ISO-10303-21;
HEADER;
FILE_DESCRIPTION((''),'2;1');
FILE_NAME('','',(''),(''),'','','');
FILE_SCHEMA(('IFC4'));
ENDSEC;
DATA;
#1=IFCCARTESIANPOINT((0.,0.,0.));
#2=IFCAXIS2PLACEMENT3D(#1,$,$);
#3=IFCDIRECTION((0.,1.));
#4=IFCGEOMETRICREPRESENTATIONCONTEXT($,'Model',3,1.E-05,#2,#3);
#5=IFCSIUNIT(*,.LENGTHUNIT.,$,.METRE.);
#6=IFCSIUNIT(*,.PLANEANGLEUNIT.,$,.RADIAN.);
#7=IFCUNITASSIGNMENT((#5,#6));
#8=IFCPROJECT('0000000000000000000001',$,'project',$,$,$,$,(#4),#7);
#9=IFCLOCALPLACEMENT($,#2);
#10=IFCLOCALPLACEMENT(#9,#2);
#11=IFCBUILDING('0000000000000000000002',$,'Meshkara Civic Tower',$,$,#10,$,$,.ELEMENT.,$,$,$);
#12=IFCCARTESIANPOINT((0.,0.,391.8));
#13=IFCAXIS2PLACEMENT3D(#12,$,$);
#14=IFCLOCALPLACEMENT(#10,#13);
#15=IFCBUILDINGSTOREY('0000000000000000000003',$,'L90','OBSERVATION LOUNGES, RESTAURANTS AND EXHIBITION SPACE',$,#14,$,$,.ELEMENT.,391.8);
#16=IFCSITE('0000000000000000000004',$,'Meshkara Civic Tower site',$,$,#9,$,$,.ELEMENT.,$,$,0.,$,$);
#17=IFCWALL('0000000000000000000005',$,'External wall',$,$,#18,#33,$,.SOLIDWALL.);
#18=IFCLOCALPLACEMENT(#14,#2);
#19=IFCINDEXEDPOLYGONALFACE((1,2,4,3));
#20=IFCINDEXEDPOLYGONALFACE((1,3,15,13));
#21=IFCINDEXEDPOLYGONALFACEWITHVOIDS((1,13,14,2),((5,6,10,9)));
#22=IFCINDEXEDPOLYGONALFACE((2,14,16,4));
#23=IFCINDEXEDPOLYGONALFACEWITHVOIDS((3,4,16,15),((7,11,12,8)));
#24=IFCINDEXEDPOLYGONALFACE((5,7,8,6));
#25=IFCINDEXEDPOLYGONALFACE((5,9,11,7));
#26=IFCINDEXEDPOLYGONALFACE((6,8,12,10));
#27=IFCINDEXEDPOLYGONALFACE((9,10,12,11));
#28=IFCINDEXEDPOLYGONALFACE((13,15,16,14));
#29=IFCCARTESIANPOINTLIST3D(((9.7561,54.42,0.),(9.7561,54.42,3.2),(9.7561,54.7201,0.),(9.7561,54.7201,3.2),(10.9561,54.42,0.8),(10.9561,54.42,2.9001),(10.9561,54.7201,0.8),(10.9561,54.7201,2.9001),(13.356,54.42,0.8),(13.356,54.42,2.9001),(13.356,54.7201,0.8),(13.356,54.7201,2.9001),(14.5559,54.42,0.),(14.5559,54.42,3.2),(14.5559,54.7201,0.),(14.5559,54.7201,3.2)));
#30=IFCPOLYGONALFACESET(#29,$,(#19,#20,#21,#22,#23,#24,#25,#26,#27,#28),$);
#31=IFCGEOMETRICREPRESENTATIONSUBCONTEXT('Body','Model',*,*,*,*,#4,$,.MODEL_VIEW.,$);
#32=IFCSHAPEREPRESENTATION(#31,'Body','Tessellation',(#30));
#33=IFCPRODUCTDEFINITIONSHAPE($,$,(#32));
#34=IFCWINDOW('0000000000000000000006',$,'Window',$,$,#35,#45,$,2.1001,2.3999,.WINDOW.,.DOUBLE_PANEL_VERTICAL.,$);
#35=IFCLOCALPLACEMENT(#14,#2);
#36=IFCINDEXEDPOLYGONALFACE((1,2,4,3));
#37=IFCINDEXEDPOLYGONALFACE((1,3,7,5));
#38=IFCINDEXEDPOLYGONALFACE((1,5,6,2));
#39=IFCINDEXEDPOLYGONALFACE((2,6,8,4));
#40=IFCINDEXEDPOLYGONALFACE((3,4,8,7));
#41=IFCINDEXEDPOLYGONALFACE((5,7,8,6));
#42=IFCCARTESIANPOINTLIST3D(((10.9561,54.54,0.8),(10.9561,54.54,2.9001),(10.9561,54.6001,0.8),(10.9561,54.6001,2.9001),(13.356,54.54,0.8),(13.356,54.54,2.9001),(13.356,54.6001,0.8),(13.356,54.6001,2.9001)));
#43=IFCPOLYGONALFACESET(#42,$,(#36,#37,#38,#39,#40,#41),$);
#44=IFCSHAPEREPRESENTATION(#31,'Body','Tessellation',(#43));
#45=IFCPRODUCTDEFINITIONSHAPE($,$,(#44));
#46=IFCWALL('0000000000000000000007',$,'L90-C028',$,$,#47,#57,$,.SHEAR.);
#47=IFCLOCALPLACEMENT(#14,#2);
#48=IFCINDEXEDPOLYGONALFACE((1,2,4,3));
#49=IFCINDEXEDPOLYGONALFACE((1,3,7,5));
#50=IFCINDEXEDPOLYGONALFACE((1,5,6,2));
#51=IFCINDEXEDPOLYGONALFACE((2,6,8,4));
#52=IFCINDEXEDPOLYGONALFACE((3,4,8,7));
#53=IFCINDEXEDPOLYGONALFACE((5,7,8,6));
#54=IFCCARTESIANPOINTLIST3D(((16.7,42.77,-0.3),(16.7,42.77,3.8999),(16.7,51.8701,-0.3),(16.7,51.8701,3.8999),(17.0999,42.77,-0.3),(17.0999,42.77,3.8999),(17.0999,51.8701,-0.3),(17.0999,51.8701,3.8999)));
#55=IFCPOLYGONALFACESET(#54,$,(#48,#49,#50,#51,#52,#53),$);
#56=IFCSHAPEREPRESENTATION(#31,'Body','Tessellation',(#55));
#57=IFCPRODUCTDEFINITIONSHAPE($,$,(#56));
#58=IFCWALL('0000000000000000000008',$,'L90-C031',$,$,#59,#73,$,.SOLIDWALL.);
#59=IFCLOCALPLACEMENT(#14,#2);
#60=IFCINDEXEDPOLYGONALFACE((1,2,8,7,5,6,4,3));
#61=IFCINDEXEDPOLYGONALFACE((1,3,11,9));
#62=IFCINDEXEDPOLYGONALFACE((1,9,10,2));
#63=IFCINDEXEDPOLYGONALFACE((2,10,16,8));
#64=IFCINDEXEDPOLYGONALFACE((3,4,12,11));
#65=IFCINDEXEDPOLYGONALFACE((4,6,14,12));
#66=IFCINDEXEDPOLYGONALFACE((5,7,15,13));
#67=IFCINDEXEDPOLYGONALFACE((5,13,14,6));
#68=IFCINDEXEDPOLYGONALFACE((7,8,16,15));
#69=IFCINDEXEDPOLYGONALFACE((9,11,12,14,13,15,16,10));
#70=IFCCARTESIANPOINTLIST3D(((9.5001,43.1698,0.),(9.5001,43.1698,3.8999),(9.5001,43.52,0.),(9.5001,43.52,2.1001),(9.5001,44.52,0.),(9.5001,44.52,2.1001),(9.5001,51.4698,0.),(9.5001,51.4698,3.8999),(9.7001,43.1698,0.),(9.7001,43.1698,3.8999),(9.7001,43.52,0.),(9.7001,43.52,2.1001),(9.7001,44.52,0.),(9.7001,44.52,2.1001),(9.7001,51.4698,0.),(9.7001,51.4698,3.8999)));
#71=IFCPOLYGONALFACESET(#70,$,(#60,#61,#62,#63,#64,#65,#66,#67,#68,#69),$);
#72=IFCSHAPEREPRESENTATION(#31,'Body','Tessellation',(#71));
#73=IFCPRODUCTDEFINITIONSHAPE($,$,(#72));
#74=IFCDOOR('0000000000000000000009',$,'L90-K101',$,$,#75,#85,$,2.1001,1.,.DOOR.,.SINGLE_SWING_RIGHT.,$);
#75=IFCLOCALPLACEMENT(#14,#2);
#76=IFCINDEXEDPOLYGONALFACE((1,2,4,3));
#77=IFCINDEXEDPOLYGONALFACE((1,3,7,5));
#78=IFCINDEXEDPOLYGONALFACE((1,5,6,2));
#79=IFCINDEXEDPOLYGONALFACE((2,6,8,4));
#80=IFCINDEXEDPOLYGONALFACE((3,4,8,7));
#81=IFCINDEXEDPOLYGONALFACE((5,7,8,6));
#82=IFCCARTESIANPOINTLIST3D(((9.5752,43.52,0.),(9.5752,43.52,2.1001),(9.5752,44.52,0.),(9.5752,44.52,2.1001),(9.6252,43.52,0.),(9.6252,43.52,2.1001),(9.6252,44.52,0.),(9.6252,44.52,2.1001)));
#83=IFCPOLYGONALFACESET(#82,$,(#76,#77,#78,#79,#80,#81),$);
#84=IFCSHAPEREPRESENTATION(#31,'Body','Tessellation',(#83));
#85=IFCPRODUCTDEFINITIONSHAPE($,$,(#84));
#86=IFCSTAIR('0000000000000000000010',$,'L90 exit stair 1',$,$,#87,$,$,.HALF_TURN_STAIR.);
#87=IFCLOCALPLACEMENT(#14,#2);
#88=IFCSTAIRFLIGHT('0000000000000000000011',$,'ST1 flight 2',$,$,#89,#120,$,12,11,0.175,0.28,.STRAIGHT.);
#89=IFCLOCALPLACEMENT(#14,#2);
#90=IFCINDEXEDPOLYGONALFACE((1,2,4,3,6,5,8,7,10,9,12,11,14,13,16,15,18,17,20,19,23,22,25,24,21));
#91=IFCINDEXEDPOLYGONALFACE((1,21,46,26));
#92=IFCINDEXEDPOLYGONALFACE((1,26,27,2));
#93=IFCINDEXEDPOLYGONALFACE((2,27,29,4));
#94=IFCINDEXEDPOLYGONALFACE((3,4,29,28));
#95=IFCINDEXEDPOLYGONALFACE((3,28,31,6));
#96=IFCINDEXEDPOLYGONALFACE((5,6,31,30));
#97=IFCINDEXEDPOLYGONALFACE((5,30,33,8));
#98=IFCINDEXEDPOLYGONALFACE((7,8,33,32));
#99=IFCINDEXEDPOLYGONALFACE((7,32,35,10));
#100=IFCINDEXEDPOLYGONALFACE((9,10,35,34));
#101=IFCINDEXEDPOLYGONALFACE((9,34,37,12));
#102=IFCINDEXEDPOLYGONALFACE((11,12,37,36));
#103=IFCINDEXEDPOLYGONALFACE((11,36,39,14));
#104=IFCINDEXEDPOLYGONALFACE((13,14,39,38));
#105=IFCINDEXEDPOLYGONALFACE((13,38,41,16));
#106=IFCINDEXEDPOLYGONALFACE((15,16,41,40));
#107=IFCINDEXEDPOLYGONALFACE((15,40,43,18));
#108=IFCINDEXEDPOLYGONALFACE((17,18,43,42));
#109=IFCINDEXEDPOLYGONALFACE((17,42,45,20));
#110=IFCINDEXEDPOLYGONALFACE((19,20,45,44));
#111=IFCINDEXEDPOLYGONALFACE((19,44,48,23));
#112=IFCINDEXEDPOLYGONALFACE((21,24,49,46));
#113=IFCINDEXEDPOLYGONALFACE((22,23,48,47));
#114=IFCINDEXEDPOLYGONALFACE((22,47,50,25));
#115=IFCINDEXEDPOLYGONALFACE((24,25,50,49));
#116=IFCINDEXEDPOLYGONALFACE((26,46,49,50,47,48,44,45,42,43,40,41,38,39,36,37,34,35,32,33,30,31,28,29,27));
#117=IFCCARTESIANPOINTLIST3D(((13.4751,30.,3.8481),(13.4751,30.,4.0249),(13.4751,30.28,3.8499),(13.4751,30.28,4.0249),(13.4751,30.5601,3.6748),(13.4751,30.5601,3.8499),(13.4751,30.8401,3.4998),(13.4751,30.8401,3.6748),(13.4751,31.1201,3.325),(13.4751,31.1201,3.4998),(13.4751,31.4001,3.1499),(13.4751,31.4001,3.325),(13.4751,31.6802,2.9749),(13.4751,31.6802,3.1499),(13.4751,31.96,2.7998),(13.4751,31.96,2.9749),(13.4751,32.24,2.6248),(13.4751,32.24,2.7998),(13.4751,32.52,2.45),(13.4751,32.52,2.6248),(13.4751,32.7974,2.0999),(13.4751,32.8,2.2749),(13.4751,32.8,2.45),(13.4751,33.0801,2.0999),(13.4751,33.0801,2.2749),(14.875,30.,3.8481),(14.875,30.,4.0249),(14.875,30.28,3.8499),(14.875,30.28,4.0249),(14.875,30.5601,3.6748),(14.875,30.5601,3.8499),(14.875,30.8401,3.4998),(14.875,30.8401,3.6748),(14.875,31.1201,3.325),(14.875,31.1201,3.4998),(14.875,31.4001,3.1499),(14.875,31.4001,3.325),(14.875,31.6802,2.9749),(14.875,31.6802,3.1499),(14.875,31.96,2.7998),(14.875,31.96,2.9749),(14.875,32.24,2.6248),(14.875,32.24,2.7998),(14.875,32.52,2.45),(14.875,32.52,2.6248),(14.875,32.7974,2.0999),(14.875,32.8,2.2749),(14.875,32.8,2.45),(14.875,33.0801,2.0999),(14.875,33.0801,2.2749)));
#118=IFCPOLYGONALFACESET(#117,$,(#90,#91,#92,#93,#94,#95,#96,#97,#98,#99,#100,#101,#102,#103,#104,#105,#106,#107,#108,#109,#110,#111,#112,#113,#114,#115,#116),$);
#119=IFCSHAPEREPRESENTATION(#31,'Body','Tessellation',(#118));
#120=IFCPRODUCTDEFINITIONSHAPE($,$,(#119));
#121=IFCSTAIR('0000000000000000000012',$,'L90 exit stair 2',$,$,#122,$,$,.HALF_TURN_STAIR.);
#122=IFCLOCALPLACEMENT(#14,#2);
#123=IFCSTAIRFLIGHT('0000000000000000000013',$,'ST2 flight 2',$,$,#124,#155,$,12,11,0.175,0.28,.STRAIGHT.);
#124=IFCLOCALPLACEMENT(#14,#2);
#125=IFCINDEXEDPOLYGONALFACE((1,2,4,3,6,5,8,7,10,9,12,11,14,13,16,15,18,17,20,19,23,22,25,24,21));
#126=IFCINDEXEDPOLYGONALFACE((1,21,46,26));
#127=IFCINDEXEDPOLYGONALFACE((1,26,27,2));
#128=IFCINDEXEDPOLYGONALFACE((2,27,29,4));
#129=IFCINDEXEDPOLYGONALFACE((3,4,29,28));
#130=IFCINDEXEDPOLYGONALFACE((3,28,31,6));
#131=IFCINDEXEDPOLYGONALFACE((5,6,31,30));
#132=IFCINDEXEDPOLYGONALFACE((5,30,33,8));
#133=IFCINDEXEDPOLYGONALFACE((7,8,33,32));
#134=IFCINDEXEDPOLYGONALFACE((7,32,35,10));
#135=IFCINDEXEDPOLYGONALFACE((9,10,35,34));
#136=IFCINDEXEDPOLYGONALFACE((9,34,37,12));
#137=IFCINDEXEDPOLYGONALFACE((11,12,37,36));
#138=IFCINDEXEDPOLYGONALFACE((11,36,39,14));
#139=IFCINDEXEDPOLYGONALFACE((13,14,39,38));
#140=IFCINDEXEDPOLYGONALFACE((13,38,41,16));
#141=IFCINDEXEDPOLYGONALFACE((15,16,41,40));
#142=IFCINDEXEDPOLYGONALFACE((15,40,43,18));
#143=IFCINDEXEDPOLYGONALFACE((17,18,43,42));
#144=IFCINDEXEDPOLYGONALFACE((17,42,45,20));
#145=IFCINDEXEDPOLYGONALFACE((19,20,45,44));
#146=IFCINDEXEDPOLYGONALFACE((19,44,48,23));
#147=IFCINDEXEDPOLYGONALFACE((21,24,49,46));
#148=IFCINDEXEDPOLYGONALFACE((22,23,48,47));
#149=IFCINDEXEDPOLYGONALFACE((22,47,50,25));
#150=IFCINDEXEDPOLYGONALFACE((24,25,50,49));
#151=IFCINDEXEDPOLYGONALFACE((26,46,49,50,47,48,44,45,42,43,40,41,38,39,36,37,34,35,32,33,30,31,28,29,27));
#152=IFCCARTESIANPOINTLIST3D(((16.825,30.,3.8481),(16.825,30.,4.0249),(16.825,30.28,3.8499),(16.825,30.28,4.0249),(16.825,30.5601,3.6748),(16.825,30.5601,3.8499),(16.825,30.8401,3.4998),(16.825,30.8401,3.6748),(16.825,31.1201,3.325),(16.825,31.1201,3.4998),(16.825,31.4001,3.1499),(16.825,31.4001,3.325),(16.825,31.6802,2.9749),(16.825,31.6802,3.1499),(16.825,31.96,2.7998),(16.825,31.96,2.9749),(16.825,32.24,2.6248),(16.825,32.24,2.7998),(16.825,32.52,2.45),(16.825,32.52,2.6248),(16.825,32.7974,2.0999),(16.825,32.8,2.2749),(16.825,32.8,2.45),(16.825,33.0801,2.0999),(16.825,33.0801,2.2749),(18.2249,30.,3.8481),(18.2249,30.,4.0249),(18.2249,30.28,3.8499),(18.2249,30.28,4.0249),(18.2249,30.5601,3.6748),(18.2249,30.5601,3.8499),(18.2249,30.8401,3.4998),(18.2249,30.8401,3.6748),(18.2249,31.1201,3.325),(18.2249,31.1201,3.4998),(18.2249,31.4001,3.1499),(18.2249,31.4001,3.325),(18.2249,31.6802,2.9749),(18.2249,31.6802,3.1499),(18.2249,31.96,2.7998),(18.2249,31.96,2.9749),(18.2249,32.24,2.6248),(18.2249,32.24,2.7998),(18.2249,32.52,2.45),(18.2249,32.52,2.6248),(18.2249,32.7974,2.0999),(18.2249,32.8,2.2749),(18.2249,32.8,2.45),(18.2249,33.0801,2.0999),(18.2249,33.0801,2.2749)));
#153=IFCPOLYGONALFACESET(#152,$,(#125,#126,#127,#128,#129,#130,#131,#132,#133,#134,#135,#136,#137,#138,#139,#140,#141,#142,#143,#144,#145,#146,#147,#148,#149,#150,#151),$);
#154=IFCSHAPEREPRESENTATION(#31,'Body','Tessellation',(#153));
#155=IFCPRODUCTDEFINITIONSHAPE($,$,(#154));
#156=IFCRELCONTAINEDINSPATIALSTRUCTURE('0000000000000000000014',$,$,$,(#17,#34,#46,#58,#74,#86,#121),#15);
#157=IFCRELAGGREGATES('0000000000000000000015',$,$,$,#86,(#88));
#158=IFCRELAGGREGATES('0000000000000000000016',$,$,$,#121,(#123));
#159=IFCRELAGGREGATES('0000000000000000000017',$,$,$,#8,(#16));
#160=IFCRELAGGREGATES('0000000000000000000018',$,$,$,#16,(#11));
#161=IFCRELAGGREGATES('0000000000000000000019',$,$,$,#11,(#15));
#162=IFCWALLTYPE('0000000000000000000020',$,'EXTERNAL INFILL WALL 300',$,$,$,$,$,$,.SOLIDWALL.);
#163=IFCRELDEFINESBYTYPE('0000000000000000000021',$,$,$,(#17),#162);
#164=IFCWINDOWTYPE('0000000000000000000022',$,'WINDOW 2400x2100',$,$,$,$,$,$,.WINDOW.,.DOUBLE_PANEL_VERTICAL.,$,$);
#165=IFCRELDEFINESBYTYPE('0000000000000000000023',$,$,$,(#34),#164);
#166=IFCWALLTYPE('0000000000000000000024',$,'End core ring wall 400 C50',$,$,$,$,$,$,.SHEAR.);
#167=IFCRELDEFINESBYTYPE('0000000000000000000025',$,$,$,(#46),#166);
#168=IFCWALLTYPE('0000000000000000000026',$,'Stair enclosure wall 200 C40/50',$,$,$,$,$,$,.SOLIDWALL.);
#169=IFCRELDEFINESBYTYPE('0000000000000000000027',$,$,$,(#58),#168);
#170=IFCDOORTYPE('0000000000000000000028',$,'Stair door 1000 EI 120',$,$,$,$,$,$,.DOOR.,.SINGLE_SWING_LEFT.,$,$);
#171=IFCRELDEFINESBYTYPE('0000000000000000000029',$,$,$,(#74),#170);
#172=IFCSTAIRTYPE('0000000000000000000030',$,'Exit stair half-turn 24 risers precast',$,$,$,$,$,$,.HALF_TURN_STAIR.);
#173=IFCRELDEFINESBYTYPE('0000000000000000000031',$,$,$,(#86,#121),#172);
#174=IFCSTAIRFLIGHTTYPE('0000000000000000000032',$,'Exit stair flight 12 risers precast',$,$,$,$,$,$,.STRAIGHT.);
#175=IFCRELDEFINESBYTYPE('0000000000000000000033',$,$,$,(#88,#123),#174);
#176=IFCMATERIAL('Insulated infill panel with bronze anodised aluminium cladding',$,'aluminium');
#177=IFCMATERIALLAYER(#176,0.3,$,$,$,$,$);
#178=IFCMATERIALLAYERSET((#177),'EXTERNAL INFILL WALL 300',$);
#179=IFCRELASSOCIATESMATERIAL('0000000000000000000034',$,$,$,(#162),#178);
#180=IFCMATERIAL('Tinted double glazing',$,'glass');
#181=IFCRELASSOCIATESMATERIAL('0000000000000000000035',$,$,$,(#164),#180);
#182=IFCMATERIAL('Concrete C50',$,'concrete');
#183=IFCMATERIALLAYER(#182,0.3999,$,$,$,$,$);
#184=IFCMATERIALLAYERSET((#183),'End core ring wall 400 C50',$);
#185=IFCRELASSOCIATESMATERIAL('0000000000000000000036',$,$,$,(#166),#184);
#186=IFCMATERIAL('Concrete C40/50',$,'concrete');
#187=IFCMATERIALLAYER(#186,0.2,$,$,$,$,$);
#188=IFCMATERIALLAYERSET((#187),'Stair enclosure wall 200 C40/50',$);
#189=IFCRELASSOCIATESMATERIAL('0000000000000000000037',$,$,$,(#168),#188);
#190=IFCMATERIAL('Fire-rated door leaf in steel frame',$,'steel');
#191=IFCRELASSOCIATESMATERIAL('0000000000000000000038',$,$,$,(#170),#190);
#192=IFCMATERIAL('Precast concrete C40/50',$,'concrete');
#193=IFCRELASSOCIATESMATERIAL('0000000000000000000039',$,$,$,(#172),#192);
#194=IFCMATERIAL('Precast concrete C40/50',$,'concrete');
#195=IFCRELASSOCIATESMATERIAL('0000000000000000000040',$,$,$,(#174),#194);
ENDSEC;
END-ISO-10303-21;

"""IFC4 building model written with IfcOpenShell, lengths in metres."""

from ifc_helpers import new_model, si_unit, direction, frame, frame_2d, origin, place, context, subcontext, project, spatial, polyline, rectangle, outline, extrude, material, layer, layer_set, type_object, element, fill, aggregate, save


model = new_model("IFC4")

# Units and contexts
model_context = context("Model", 3, precision=1e-05, world=origin(), true_north=direction((0.0, 1.0)))
body_context = subcontext(model_context, "Body", "Model", "MODEL_VIEW")
ifc_project = project(units=[si_unit("LENGTHUNIT", "METRE"), si_unit("PLANEANGLEUNIT", "RADIAN")], contexts=[model_context])

# Site, building, storey
site_placement = place(None, origin())
site = spatial("IfcSite", under=ifc_project, at=site_placement, Name="Meshkara Civic Tower site", CompositionType="ELEMENT", RefElevation=0.0)
building_placement = place(site_placement, origin())
building = spatial("IfcBuilding", under=site, at=building_placement, Name="Meshkara Civic Tower", CompositionType="ELEMENT")
storey_placement = place(building_placement, frame((0.0, 0.0, 391.8)))
storey = spatial("IfcBuildingStorey", under=building, at=storey_placement, Name="L90", Description="OBSERVATION LOUNGES, RESTAURANTS AND EXHIBITION SPACE", CompositionType="ELEMENT", Elevation=391.8)

# Wall, opening, window
ifc_material_1 = material(Name="Insulated infill panel with bronze anodised aluminium cladding", Category="aluminium")
ifc_layer_1 = layer(ifc_material_1, 0.3)
ifc_layer_set_1 = layer_set([ifc_layer_1], Name="EXTERNAL INFILL WALL 300")
wall_type_1 = type_object("IfcWallType", Name="EXTERNAL INFILL WALL 300", PredefinedType="SOLIDWALL", material=ifc_layer_set_1)
ifc_material_2 = material(Name="Tinted double glazing", Category="glass")
window_type = type_object("IfcWindowType", Name="WINDOW 2400x2100", PartitioningType="DOUBLE_PANEL_VERTICAL", PredefinedType="WINDOW", material=ifc_material_2)
wall_1_placement = place(storey_placement, frame((14.5559, 54.5701, 0.0), z_axis=(0.0, 0.0, 1.0), x_axis=(-1.0, 0.0, 0.0)))
wall_1 = element("IfcWall", 1, at=wall_1_placement, inside=storey, type_object=wall_type_1, Name="External wall", PredefinedType="SOLIDWALL", context=body_context, shape_type="SweptSolid", body=[
    extrude(rectangle(XDim=4.7998, YDim=0.3, at=frame_2d((2.3999, 0.0))), origin(), (0.0, 0.0, 1.0), 3.2),
])
opening_1_placement = place(wall_1_placement, frame((1.2, 0.0, 0.8)))
opening_1 = element("IfcOpeningElement", 2, at=opening_1_placement, cuts=wall_1, PredefinedType="OPENING", context=body_context, shape_type="SweptSolid", body=[
    extrude(rectangle(XDim=2.3999, YDim=2.1001, at=frame_2d((1.2, 1.05))), frame((0.0, 0.1599, 0.0), z_axis=(0.0, -1.0, 0.0), x_axis=(1.0, 0.0, 0.0)), (0.0, 0.0, 1.0), 0.3201),
])
window_1_placement = place(opening_1_placement, origin())
window_1 = element("IfcWindow", 3, at=window_1_placement, inside=storey, type_object=window_type, Name="Window", OverallHeight=2.1001, OverallWidth=2.3999, PartitioningType="DOUBLE_PANEL_VERTICAL", PredefinedType="WINDOW", context=body_context, shape_type="SweptSolid", body=[
    extrude(rectangle(XDim=2.3999, YDim=2.1001, at=frame_2d((1.2, 1.05))), frame((0.0, 0.03, 0.0), z_axis=(0.0, -1.0, 0.0), x_axis=(1.0, 0.0, 0.0)), (0.0, 0.0, 1.0), 0.0601),
])
fill(opening_1, window_1)

# Wall
ifc_material_3 = material(Name="Concrete C50", Category="concrete")
ifc_layer_2 = layer(ifc_material_3, 0.3999)
ifc_layer_set_2 = layer_set([ifc_layer_2], Name="End core ring wall 400 C50")
wall_type_2 = type_object("IfcWallType", Name="End core ring wall 400 C50", PredefinedType="SHEAR", material=ifc_layer_set_2)
wall_2_placement = place(storey_placement, frame((16.8999, 42.77, -0.3), z_axis=(0.0, 0.0, 1.0), x_axis=(0.0, 1.0, 0.0)))
element("IfcWall", 4, at=wall_2_placement, inside=storey, type_object=wall_type_2, Name="L90-C028", PredefinedType="SHEAR", context=body_context, shape_type="SweptSolid", body=[
    extrude(rectangle(XDim=9.1001, YDim=0.3999, at=frame_2d((4.55, 0.0))), origin(), (0.0, 0.0, 1.0), 4.2),
])

# Wall, opening, door
ifc_material_4 = material(Name="Concrete C40/50", Category="concrete")
ifc_layer_3 = layer(ifc_material_4, 0.2)
ifc_layer_set_3 = layer_set([ifc_layer_3], Name="Stair enclosure wall 200 C40/50")
wall_type_3 = type_object("IfcWallType", Name="Stair enclosure wall 200 C40/50", PredefinedType="SOLIDWALL", material=ifc_layer_set_3)
wall_3_placement = place(storey_placement, frame((9.6001, 43.1699, 0.0), z_axis=(0.0, 0.0, 1.0), x_axis=(0.0, 1.0, 0.0)))
wall_3 = element("IfcWall", 5, at=wall_3_placement, inside=storey, type_object=wall_type_3, Name="L90-C031", PredefinedType="SOLIDWALL", context=body_context, shape_type="SweptSolid", body=[
    extrude(rectangle(XDim=8.3, YDim=0.2, at=frame_2d((4.1499, 0.0))), origin(), (0.0, 0.0, 1.0), 3.8999),
])
opening_2_placement = place(wall_3_placement, frame((0.3501, 0.0, 0.0)))
opening_2 = element("IfcOpeningElement", 6, at=opening_2_placement, cuts=wall_3, PredefinedType="OPENING", context=body_context, shape_type="SweptSolid", body=[
    extrude(rectangle(XDim=1.0, YDim=2.1001, at=frame_2d((0.5, 1.05))), frame((0.0, 0.1099, 0.0), z_axis=(0.0, -1.0, 0.0), x_axis=(1.0, 0.0, 0.0)), (0.0, 0.0, 1.0), 0.22),
])
ifc_material_5 = material(Name="Fire-rated door leaf in steel frame", Category="steel")
door_type_1 = type_object("IfcDoorType", Name="Stair door 1000 EI 120", OperationType="SINGLE_SWING_LEFT", PredefinedType="DOOR", material=ifc_material_5)
door_1_placement = place(opening_2_placement, origin())
door_1 = element("IfcDoor", 7, at=door_1_placement, inside=storey, type_object=door_type_1, Name="L90-K101", OperationType="SINGLE_SWING_RIGHT", OverallHeight=2.1001, OverallWidth=1.0, PredefinedType="DOOR", context=body_context, shape_type="SweptSolid", body=[
    extrude(rectangle(XDim=1.0, YDim=2.1001, at=frame_2d((0.5, 1.05))), frame((0.0, 0.0249, 0.0), z_axis=(0.0, -1.0, 0.0), x_axis=(1.0, 0.0, 0.0)), (0.0, 0.0, 1.0), 0.05),
])
fill(opening_2, door_1)

# Stairs, stair flights
ifc_material_6 = material(Name="Precast concrete C40/50", Category="concrete")
stair_type = type_object("IfcStairType", Name="Exit stair half-turn 24 risers precast", PredefinedType="HALF_TURN_STAIR", material=ifc_material_6)
stair_1_placement = place(storey_placement, origin())
stair_1 = element("IfcStair", 8, at=stair_1_placement, inside=storey, type_object=stair_type, Name="L90 exit stair 1", PredefinedType="HALF_TURN_STAIR")
ifc_material_7 = material(Name="Precast concrete C40/50", Category="concrete")
stair_flight_type = type_object("IfcStairFlightType", Name="Exit stair flight 12 risers precast", PredefinedType="STRAIGHT", material=ifc_material_7)
stair_flight_1_placement = place(storey_placement, frame((14.175, 33.0801, 2.0999), z_axis=(0.0, 0.0, 1.0), x_axis=(0.0, -1.0, 0.0)))
stair_flight_1 = element("IfcStairFlight", 9, at=stair_flight_1_placement, type_object=stair_flight_type, Name="ST1 flight 2", NumberOfRisers=12, NumberOfTreads=11, PredefinedType="STRAIGHT", RiserHeight=0.175, TreadLength=0.28, context=body_context, shape_type="SweptSolid", body=[
    extrude(outline(polyline([(0.0, 0.0), (0.0, 0.175), (0.28, 0.175), (0.28, 0.3501), (0.5601, 0.3501), (0.5601, 0.5249), (0.8401, 0.5249), (0.8401, 0.7), (1.1201, 0.7), (1.1201, 0.875), (1.3999, 0.875), (1.3999, 1.05), (1.6799, 1.05), (1.6799, 1.2251), (1.96, 1.2251), (1.96, 1.3999), (2.24, 1.3999), (2.24, 1.575), (2.52, 1.575), (2.52, 1.75), (2.8, 1.75), (2.8, 1.925), (3.0801, 1.925), (3.0801, 2.1001), (3.0801, 1.7483), (0.2827, 0.0), (0.0, 0.0)])), frame((0.0, 0.7, 0.0), z_axis=(0.0, -1.0, 0.0), x_axis=(1.0, 0.0, 0.0)), (0.0, 0.0, 1.0), 1.3999),
])
aggregate(stair_1, [stair_flight_1])
stair_2_placement = place(storey_placement, origin())
stair_2 = element("IfcStair", 10, at=stair_2_placement, inside=storey, type_object=stair_type, Name="L90 exit stair 2", PredefinedType="HALF_TURN_STAIR")
stair_flight_2_placement = place(storey_placement, frame((17.5249, 33.0801, 2.0999), z_axis=(0.0, 0.0, 1.0), x_axis=(0.0, -1.0, 0.0)))
stair_flight_2 = element("IfcStairFlight", 11, at=stair_flight_2_placement, type_object=stair_flight_type, Name="ST2 flight 2", NumberOfRisers=12, NumberOfTreads=11, PredefinedType="STRAIGHT", RiserHeight=0.175, TreadLength=0.28, context=body_context, shape_type="SweptSolid", body=[
    extrude(outline(polyline([(0.0, 0.0), (0.0, 0.175), (0.28, 0.175), (0.28, 0.3501), (0.5601, 0.3501), (0.5601, 0.5249), (0.8401, 0.5249), (0.8401, 0.7), (1.1201, 0.7), (1.1201, 0.875), (1.3999, 0.875), (1.3999, 1.05), (1.6799, 1.05), (1.6799, 1.2251), (1.96, 1.2251), (1.96, 1.3999), (2.24, 1.3999), (2.24, 1.575), (2.52, 1.575), (2.52, 1.75), (2.8, 1.75), (2.8, 1.925), (3.0801, 1.925), (3.0801, 2.1001), (3.0801, 1.7483), (0.2827, 0.0), (0.0, 0.0)])), frame((0.0, 0.7, 0.0), z_axis=(0.0, -1.0, 0.0), x_axis=(1.0, 0.0, 0.0)), (0.0, 0.0, 1.0), 1.3999),
])
aggregate(stair_2, [stair_flight_2])

save(model, "model.ifc")
